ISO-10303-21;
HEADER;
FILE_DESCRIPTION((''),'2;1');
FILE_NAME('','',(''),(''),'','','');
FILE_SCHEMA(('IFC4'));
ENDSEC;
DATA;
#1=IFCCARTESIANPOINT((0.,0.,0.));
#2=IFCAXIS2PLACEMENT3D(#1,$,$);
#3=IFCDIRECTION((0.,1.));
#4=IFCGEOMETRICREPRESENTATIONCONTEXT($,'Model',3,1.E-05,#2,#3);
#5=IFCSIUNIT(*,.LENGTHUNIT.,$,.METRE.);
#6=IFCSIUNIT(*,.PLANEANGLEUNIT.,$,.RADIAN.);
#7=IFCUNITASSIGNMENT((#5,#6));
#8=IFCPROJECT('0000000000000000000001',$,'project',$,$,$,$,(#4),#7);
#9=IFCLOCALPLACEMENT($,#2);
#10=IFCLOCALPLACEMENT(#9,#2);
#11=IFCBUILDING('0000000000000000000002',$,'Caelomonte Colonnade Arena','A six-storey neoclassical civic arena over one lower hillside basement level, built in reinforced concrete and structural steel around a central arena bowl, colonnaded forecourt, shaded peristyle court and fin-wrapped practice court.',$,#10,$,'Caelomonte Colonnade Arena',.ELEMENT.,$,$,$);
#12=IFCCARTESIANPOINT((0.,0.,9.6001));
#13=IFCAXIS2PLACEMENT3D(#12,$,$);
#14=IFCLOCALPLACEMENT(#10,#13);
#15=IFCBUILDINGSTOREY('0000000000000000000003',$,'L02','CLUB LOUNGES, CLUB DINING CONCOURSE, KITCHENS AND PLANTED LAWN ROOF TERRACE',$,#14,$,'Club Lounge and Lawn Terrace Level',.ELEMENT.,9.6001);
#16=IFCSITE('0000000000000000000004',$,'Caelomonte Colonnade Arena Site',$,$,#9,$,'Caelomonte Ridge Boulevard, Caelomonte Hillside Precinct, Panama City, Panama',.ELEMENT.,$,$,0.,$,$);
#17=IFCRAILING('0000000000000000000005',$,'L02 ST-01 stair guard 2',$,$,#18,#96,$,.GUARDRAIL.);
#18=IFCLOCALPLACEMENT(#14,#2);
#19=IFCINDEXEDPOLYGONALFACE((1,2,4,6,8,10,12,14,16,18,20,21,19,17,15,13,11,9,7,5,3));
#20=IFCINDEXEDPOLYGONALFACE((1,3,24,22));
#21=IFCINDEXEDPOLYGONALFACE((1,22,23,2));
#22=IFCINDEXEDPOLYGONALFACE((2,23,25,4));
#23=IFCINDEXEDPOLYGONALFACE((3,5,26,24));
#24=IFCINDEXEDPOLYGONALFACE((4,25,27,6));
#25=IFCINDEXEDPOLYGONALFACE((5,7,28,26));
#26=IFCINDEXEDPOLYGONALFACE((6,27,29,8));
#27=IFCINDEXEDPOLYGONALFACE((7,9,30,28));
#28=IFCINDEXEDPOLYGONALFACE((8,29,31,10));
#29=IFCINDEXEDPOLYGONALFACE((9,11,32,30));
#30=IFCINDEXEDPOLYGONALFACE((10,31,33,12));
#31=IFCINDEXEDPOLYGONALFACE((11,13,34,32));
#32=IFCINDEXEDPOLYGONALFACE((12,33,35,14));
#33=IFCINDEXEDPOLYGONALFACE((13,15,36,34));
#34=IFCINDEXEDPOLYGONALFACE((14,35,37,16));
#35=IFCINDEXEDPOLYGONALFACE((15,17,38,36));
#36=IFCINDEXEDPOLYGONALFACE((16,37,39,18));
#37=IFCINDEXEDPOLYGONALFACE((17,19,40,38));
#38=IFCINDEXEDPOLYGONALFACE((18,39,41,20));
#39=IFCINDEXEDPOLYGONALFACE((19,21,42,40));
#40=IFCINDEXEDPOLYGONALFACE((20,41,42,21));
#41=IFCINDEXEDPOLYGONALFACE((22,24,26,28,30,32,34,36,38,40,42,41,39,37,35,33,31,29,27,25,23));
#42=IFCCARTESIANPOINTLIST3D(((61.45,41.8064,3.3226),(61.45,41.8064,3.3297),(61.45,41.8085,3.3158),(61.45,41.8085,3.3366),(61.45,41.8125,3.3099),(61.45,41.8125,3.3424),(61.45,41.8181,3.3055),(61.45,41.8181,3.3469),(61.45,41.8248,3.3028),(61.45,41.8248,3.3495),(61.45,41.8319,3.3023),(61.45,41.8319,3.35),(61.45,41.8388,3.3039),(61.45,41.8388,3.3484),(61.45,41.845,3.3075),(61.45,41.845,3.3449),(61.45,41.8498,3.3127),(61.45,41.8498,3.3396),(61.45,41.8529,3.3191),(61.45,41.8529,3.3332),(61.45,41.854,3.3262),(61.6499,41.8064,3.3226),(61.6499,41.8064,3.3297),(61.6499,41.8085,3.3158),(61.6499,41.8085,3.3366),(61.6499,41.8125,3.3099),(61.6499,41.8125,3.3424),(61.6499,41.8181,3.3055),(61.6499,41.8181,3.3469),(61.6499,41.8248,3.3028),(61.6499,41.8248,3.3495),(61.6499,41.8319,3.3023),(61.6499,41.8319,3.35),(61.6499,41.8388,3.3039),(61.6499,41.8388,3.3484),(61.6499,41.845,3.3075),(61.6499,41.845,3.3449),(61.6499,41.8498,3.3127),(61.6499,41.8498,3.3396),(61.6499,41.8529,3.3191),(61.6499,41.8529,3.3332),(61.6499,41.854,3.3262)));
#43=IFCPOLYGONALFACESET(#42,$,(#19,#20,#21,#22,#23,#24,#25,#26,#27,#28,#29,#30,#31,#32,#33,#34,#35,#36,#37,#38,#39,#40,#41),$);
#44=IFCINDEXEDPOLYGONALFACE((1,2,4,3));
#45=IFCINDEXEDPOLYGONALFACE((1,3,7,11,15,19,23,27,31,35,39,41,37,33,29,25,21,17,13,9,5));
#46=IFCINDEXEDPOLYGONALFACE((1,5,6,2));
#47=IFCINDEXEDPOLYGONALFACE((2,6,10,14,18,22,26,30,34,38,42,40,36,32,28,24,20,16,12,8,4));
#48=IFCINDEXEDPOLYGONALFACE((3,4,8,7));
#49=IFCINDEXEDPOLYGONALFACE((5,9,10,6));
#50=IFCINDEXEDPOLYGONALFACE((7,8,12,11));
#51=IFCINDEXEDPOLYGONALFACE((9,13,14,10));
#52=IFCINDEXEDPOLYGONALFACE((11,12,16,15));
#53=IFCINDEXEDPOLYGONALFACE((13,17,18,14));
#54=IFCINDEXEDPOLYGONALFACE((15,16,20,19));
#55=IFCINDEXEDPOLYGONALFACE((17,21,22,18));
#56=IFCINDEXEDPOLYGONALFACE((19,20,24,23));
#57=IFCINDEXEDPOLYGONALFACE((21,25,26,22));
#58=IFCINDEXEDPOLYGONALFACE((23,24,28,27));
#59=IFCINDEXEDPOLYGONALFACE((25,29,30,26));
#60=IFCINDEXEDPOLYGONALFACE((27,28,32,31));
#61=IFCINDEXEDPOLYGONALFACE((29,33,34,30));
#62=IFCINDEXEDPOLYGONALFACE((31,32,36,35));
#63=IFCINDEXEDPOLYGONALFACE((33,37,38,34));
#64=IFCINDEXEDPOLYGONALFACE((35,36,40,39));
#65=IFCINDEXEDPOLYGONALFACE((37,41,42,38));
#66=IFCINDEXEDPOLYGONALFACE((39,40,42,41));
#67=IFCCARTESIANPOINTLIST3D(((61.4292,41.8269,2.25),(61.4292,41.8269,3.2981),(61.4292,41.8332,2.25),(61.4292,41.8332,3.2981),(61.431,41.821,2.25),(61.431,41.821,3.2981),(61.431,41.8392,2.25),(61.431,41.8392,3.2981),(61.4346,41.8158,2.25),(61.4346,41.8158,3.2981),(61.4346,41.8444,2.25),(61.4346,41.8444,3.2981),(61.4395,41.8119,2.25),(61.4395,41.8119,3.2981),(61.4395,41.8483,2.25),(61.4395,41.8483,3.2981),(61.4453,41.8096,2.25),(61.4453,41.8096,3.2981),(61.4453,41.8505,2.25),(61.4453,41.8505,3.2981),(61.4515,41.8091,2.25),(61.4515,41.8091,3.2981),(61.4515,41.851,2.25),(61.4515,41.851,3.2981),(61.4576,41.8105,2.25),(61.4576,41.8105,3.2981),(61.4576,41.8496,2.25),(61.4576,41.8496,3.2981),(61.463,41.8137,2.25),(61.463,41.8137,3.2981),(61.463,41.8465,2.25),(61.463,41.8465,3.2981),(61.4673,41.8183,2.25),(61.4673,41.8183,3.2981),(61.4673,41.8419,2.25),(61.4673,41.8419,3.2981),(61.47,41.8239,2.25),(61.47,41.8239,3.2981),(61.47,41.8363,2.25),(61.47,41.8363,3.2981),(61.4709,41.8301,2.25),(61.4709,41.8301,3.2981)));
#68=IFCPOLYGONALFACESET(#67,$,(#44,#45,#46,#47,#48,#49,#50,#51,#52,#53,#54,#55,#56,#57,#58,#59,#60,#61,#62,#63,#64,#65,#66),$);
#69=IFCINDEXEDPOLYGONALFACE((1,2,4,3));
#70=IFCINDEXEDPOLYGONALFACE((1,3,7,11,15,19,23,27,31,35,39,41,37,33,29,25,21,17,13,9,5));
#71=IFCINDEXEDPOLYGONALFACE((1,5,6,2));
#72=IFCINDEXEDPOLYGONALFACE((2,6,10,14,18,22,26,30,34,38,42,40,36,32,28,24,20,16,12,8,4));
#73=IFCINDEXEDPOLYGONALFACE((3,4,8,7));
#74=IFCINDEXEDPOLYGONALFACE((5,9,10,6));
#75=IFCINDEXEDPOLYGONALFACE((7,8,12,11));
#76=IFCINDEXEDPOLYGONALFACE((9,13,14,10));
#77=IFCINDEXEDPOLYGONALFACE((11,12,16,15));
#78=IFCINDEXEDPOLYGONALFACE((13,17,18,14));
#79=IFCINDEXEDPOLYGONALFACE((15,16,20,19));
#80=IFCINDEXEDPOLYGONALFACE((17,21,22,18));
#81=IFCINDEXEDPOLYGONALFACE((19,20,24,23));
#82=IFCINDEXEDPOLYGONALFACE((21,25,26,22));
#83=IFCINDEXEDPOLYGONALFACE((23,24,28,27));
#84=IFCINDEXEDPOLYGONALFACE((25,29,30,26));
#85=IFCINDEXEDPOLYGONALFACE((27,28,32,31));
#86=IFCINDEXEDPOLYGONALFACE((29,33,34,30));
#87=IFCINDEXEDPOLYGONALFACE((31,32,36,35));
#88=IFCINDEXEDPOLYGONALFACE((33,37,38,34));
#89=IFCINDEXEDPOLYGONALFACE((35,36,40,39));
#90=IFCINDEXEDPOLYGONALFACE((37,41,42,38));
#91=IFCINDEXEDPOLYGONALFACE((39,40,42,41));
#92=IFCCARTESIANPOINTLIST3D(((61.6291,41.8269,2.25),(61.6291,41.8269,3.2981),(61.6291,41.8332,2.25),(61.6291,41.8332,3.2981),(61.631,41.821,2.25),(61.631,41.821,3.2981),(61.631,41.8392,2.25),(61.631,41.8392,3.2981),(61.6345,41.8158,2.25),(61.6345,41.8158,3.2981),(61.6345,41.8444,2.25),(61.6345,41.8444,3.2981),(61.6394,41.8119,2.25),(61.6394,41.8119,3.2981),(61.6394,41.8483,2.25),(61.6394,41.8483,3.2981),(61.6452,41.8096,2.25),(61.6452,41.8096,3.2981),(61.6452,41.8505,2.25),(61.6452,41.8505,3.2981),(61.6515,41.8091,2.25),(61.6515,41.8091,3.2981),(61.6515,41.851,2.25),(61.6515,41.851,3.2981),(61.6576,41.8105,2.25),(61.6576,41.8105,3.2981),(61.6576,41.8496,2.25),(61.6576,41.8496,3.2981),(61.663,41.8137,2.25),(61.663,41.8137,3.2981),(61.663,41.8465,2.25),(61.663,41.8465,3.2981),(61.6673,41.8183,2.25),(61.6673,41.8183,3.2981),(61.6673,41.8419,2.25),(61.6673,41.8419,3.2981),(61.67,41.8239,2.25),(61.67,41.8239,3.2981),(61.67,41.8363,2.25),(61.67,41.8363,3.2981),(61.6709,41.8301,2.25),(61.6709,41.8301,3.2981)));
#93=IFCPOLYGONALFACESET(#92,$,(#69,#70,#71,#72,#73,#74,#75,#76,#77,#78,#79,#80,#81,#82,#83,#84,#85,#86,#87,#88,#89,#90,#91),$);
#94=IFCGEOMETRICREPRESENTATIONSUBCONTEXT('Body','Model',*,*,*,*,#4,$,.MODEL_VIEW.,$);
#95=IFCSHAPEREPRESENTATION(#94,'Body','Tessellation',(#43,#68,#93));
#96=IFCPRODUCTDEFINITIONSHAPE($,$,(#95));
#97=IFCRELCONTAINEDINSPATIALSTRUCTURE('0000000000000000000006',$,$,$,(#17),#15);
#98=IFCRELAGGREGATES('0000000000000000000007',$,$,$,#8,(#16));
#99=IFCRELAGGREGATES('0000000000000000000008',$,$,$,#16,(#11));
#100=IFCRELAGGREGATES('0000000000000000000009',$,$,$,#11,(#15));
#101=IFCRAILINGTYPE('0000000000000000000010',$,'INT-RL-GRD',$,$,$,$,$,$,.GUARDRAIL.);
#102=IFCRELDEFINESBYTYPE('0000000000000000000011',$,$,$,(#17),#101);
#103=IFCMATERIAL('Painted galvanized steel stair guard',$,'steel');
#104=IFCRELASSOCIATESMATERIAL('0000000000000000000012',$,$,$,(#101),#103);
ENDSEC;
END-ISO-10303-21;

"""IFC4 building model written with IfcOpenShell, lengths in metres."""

from ifc_helpers import new_model, si_unit, direction, frame, origin, origin_2d, place, context, subcontext, project, spatial, circle, extrude, material, type_object, element, save


model = new_model("IFC4")

# Units and contexts
model_context = context("Model", 3, precision=1e-05, world=origin(), true_north=direction((0.0, 1.0)))
body_context = subcontext(model_context, "Body", "Model", "MODEL_VIEW")
ifc_project = project(units=[si_unit("LENGTHUNIT", "METRE"), si_unit("PLANEANGLEUNIT", "RADIAN")], contexts=[model_context])

# Site, building, storey
site_placement = place(None, origin())
site = spatial("IfcSite", under=ifc_project, at=site_placement, Name="Caelomonte Colonnade Arena Site", LongName="Caelomonte Ridge Boulevard, Caelomonte Hillside Precinct, Panama City, Panama", CompositionType="ELEMENT", RefElevation=0.0)
building_placement = place(site_placement, origin())
building = spatial("IfcBuilding", under=site, at=building_placement, Name="Caelomonte Colonnade Arena", Description="A six-storey neoclassical civic arena over one lower hillside basement level, built in reinforced concrete and structural steel around a central arena bowl, colonnaded forecourt, shaded peristyle court and fin-wrapped practice court.", LongName="Caelomonte Colonnade Arena", CompositionType="ELEMENT")
storey_placement = place(building_placement, frame((0.0, 0.0, 9.6001)))
storey = spatial("IfcBuildingStorey", under=building, at=storey_placement, Name="L02", Description="CLUB LOUNGES, CLUB DINING CONCOURSE, KITCHENS AND PLANTED LAWN ROOF TERRACE", LongName="Club Lounge and Lawn Terrace Level", CompositionType="ELEMENT", Elevation=9.6001)

# Railing
ifc_material_1 = material(Name="Painted galvanized steel stair guard", Category="steel")
railing_type_1 = type_object("IfcRailingType", Name="INT-RL-GRD", PredefinedType="GUARDRAIL", material=ifc_material_1)
railing_1_placement = place(storey_placement, frame((61.45, 41.8301, 2.25)))
element("IfcRailing", 1, at=railing_1_placement, inside=storey, type_object=railing_type_1, Name="L02 ST-01 stair guard 2", PredefinedType="GUARDRAIL", context=body_context, shape_type="SweptSolid", body=[
    extrude(circle(Radius=0.0239, at=origin_2d()), frame((0.0, 0.0, 1.0762), z_axis=(1.0, 0.0, 0.0), x_axis=(0.0, 1.0, 0.0)), (0.0, 0.0, 1.0), 0.2),
    extrude(circle(Radius=0.021, at=origin_2d()), origin(), (0.0, 0.0, 1.0), 1.0481),
    extrude(circle(Radius=0.021, at=origin_2d()), frame((0.2, 0.0, 0.0)), (0.0, 0.0, 1.0), 1.0481),
])

save(model, "model.ifc")
